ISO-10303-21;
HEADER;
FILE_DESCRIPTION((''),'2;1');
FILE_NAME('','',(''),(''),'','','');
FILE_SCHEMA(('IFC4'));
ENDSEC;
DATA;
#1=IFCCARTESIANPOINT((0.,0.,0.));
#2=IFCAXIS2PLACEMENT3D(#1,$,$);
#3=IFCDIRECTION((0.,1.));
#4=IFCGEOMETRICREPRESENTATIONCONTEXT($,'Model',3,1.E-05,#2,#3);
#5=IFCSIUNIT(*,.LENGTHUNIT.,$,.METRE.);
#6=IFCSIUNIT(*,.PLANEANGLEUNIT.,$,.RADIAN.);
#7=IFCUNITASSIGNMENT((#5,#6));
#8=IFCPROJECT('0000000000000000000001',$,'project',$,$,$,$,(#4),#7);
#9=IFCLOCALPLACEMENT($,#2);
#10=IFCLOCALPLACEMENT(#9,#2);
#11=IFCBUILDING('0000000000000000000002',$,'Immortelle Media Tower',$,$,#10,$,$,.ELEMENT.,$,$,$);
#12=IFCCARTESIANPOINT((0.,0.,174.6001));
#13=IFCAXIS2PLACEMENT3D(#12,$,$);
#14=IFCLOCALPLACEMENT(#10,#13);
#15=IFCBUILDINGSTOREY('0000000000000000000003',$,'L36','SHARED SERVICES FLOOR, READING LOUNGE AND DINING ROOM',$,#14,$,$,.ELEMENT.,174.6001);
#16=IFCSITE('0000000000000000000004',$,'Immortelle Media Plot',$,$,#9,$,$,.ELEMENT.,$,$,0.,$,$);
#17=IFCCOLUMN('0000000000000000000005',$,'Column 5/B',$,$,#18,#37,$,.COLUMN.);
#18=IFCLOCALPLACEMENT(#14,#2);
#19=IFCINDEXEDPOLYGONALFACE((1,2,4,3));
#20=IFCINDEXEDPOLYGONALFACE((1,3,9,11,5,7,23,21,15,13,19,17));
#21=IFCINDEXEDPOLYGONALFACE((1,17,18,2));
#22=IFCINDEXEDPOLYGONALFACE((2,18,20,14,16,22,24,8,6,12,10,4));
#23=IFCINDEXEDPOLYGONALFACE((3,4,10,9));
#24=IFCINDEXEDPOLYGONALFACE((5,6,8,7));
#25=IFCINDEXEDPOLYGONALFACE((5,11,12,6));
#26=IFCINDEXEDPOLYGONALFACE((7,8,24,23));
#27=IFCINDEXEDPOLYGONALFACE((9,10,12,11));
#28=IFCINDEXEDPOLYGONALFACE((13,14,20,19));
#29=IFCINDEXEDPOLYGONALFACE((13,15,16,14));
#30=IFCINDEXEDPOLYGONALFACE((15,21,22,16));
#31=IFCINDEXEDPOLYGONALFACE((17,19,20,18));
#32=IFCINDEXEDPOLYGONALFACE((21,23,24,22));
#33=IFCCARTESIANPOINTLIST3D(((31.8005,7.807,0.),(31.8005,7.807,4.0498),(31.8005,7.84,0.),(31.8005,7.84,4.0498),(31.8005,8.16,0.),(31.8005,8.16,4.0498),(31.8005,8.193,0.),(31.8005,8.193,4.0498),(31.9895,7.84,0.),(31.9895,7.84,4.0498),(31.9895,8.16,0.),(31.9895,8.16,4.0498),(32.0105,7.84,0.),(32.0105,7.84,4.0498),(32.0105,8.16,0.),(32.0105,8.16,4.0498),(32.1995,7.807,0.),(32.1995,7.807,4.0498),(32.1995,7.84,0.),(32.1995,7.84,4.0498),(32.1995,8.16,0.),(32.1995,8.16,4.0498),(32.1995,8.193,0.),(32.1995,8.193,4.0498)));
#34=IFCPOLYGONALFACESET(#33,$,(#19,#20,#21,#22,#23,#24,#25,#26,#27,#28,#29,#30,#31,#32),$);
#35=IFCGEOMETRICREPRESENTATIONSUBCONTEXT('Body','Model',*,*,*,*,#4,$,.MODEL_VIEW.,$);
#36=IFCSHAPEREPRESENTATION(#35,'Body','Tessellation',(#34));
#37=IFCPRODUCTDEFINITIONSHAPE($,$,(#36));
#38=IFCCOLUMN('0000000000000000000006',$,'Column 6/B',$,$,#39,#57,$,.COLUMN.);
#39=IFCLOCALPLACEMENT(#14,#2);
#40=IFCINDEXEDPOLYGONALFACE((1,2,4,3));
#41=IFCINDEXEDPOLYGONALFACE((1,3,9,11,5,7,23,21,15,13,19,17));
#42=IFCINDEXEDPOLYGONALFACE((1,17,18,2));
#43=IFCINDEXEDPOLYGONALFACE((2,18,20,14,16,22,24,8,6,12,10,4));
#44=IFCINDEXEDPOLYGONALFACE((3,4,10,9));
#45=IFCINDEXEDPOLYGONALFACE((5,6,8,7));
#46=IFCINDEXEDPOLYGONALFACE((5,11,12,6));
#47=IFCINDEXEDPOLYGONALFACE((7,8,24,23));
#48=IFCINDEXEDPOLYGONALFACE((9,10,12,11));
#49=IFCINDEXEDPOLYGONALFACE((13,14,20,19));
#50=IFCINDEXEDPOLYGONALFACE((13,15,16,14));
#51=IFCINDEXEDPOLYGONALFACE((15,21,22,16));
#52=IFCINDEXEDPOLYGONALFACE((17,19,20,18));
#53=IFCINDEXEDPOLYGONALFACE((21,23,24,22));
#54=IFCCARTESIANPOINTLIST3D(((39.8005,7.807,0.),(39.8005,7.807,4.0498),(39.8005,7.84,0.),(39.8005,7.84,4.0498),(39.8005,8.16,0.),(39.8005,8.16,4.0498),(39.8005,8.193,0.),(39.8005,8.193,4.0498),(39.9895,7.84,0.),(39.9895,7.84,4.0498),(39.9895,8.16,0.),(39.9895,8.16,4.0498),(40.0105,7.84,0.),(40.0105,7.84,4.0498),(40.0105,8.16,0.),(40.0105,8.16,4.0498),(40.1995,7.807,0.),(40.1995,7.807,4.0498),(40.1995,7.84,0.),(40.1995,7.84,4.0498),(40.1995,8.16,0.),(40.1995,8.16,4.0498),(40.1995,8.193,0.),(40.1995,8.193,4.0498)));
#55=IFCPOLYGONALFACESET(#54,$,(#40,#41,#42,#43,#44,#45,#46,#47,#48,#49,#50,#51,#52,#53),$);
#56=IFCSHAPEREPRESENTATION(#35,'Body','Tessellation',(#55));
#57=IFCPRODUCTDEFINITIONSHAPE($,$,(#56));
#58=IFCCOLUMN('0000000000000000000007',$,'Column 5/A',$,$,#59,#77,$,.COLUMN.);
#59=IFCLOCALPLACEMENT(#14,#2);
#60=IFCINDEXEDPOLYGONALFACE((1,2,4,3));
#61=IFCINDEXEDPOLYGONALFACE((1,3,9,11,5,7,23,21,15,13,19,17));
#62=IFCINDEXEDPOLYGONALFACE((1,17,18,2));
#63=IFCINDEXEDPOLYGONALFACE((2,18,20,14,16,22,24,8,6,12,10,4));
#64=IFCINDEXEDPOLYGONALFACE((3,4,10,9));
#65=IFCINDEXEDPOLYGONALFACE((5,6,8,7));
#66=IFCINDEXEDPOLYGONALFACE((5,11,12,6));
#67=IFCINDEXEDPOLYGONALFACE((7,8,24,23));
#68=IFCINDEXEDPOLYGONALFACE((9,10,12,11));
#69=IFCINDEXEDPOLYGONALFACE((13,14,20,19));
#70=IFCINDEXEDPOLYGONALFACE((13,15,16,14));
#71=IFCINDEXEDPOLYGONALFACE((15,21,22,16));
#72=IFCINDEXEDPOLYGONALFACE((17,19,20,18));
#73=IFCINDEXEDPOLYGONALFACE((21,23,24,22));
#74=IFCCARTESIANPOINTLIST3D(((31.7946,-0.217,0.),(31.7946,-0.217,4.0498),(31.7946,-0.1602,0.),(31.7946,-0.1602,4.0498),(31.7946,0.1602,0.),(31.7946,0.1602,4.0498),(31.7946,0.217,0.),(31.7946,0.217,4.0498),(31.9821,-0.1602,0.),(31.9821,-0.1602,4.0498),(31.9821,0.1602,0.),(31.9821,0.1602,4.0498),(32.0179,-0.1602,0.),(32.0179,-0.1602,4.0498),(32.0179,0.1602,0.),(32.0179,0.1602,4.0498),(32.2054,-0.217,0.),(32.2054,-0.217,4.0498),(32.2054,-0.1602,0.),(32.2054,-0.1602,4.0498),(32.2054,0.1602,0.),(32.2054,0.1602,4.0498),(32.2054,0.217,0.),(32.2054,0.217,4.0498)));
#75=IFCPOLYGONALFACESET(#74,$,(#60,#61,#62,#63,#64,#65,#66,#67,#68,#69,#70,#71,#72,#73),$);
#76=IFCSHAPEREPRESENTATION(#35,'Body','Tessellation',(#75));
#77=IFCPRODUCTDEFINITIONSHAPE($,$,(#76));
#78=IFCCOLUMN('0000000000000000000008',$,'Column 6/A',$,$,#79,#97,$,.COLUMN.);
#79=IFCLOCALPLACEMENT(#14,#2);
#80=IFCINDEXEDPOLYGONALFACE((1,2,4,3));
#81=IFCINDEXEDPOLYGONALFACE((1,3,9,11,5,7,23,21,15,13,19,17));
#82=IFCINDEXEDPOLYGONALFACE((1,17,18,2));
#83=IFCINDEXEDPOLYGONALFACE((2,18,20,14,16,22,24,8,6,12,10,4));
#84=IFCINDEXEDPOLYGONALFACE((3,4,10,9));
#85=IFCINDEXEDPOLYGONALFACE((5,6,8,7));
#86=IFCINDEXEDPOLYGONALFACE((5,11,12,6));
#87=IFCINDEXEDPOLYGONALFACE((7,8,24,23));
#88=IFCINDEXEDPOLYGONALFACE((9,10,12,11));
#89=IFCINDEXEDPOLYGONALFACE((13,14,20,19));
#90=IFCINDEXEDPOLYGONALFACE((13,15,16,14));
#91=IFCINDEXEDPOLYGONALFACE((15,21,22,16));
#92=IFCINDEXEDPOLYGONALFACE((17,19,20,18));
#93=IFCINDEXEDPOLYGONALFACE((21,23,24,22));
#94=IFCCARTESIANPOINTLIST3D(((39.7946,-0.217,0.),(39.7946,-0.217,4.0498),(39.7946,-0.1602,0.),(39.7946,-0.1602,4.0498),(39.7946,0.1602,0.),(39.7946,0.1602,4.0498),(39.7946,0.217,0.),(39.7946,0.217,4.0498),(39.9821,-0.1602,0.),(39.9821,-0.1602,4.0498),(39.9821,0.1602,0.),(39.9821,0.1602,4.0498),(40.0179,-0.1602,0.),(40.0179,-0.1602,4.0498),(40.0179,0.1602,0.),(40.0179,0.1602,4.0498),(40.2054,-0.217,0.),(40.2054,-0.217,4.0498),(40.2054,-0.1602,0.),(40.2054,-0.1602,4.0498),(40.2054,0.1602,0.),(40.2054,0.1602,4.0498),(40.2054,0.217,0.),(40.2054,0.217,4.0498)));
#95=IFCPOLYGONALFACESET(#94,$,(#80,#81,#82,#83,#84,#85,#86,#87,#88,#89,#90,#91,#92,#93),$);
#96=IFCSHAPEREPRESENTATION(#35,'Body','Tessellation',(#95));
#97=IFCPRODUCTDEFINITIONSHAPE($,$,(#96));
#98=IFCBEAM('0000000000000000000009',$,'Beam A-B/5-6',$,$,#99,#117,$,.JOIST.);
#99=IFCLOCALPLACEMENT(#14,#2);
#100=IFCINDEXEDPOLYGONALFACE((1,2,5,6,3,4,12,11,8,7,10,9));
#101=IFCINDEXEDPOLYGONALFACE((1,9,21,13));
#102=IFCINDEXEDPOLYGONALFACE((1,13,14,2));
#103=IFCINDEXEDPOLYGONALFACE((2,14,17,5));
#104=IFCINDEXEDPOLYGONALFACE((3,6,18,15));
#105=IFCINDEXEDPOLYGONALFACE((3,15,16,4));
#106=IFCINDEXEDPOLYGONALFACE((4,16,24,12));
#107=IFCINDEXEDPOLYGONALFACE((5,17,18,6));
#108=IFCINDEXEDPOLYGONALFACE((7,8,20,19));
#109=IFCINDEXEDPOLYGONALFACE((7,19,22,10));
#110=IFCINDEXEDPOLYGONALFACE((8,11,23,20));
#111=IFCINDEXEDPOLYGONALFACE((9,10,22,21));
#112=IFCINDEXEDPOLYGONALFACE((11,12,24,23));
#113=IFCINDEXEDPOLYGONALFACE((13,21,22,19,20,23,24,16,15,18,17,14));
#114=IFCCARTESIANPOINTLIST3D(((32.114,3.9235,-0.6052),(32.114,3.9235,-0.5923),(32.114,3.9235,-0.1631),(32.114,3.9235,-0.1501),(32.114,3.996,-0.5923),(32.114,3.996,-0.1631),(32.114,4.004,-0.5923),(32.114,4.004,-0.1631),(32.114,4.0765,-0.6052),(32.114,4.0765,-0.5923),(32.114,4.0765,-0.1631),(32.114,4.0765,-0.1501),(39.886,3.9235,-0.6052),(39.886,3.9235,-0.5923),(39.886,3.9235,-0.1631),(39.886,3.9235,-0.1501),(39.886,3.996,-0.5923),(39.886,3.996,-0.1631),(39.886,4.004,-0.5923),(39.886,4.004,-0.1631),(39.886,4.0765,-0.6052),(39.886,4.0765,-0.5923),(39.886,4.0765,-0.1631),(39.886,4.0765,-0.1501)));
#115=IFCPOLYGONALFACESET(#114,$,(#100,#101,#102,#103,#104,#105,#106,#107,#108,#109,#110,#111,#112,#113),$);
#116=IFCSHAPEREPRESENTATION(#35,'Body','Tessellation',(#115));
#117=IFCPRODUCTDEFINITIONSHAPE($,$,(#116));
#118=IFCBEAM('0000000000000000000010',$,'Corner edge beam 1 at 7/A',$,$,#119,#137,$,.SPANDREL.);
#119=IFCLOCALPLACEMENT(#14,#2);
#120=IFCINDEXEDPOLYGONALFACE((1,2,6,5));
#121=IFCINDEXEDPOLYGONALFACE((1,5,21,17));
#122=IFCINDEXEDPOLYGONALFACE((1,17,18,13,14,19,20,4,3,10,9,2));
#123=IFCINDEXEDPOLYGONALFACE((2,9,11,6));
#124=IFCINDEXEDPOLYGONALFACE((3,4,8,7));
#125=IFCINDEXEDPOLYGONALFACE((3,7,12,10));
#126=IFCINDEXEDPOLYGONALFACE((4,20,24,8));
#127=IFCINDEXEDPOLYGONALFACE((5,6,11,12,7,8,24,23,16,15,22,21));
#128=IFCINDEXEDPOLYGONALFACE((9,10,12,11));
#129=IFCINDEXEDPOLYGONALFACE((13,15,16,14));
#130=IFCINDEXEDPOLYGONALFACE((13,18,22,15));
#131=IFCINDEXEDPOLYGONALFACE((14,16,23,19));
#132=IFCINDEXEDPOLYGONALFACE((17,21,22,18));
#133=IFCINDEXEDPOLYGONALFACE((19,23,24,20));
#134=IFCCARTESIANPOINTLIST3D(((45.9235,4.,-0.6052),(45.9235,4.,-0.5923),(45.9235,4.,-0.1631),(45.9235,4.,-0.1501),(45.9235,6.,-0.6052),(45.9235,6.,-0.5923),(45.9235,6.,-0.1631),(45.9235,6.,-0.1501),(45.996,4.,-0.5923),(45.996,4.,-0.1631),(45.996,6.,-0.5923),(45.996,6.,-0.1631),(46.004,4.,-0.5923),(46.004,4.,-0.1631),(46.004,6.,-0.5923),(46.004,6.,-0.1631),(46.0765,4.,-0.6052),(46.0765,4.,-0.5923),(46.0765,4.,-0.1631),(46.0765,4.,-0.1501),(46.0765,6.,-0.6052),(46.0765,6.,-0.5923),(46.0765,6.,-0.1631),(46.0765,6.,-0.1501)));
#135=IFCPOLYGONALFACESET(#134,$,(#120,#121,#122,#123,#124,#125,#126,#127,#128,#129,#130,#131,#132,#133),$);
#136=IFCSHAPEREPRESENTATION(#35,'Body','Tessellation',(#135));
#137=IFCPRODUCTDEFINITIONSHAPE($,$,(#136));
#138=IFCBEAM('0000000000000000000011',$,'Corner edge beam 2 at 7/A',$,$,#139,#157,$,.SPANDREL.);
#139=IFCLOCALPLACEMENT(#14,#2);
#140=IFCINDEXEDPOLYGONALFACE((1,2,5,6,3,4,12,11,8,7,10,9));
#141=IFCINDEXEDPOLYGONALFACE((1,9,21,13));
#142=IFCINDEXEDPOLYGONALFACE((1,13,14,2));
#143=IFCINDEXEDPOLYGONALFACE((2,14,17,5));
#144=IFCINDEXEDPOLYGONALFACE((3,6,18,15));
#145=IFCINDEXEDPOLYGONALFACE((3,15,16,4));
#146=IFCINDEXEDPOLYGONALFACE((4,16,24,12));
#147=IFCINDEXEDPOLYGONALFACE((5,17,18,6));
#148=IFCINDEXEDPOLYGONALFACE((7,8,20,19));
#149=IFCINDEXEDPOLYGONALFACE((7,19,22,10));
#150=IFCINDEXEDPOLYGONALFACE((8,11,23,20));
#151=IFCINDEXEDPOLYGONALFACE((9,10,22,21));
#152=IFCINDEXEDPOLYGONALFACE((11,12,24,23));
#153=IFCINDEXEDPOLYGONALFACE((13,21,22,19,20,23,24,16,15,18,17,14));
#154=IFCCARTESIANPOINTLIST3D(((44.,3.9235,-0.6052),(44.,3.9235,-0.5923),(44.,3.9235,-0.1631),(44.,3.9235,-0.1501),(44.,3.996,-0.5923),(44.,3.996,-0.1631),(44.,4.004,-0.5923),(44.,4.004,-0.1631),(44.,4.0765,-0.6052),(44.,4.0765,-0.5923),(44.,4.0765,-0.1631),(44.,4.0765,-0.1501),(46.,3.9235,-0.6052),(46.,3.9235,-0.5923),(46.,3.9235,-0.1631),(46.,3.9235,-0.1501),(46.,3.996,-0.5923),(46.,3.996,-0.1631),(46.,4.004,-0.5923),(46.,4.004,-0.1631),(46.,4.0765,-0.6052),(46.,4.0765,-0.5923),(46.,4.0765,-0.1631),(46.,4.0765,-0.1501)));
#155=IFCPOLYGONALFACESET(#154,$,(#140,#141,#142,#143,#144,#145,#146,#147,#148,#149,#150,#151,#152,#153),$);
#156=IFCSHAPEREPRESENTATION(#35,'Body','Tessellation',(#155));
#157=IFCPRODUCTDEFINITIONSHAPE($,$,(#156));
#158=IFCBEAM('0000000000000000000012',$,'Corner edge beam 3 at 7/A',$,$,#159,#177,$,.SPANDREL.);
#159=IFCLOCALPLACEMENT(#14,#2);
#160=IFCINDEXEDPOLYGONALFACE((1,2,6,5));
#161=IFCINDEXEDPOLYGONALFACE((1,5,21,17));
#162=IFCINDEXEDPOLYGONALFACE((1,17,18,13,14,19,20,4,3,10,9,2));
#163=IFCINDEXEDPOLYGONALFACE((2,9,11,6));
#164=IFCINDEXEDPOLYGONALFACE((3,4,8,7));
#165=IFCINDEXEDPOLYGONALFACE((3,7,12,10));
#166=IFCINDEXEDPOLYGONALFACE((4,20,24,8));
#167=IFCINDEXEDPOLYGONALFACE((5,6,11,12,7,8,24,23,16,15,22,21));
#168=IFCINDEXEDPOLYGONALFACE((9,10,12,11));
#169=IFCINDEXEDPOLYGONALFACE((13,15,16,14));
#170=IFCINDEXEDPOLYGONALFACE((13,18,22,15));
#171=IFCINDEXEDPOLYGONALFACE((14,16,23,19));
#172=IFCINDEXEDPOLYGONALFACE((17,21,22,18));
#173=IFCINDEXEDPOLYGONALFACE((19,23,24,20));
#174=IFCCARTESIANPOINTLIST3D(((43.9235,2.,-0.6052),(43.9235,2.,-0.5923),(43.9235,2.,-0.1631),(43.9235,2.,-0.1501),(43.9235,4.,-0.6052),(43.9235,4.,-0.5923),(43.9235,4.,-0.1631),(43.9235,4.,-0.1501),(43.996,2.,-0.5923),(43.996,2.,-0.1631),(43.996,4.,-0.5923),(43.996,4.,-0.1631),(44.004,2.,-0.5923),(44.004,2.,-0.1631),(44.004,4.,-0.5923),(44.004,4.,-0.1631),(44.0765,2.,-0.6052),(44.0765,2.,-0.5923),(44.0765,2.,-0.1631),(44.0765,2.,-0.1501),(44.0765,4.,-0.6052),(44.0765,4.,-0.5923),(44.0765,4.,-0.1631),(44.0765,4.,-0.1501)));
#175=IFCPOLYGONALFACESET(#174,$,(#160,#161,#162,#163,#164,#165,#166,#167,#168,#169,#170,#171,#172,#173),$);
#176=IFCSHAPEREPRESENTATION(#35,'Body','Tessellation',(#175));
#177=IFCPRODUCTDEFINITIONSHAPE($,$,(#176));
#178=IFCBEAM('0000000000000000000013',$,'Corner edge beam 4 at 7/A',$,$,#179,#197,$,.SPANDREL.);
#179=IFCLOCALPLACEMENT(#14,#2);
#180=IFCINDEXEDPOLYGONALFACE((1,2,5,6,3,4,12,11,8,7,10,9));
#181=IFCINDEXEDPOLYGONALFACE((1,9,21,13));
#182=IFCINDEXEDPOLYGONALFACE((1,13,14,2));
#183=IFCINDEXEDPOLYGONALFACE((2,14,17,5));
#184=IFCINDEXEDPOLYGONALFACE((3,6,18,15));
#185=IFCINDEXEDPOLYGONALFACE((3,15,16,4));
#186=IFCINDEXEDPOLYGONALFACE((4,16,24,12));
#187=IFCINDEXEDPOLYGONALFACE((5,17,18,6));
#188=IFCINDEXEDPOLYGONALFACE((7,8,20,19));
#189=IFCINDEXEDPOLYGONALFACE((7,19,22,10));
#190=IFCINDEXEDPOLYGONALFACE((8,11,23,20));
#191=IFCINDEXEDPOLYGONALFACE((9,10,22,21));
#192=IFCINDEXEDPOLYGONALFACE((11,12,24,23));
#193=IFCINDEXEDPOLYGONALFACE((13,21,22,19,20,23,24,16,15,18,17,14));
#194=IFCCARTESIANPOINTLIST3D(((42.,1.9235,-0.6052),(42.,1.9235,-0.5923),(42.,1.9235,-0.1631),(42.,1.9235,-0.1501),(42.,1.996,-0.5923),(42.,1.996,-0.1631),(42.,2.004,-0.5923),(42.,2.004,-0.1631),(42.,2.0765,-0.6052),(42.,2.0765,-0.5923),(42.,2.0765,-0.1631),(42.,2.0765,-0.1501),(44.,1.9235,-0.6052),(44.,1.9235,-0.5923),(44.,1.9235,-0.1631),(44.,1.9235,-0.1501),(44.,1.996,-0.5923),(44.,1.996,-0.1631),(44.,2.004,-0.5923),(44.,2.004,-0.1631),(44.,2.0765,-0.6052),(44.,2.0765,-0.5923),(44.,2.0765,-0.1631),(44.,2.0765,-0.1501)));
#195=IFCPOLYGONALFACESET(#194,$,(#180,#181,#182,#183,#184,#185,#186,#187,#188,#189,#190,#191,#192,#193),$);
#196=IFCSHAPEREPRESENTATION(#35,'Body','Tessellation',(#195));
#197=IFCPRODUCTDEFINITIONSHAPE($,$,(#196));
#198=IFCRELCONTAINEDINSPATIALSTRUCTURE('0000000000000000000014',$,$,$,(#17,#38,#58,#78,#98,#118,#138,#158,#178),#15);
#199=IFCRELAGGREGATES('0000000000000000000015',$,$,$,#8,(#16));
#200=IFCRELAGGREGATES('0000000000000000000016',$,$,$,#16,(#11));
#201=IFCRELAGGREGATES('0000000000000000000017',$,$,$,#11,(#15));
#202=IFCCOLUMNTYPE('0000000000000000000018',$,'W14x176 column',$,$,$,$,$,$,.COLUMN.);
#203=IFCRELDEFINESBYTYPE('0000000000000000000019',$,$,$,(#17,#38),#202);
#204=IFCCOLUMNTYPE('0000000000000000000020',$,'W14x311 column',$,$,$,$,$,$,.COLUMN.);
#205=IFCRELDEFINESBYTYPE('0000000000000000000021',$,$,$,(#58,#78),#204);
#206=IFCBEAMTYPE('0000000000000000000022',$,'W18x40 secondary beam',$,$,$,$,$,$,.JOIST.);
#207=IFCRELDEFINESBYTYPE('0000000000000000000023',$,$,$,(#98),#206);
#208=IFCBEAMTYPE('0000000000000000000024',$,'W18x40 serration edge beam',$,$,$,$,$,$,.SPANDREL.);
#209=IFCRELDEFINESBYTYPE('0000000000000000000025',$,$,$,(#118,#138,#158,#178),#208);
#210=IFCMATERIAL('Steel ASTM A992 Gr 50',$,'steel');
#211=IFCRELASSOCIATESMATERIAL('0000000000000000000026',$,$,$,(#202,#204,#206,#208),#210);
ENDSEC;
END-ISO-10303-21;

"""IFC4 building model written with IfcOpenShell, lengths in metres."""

from ifc_helpers import new_model, si_unit, direction, frame, origin, origin_2d, place, context, subcontext, project, spatial, i_section, extrude, material, material_profile, profile_set, type_object, element, save


model = new_model("IFC4")

# Units and contexts
model_context = context("Model", 3, precision=1e-05, world=origin(), true_north=direction((0.0, 1.0)))
body_context = subcontext(model_context, "Body", "Model", "MODEL_VIEW")
ifc_project = project(units=[si_unit("LENGTHUNIT", "METRE"), si_unit("PLANEANGLEUNIT", "RADIAN")], contexts=[model_context])

# Site, building, storey
site_placement = place(None, origin())
site = spatial("IfcSite", under=ifc_project, at=site_placement, Name="Immortelle Media Plot", CompositionType="ELEMENT", RefElevation=0.0)
building_placement = place(site_placement, origin())
building = spatial("IfcBuilding", under=site, at=building_placement, Name="Immortelle Media Tower", CompositionType="ELEMENT")
storey_placement = place(building_placement, frame((0.0, 0.0, 174.6001)))
storey = spatial("IfcBuildingStorey", under=building, at=storey_placement, Name="L36", Description="SHARED SERVICES FLOOR, READING LOUNGE AND DINING ROOM", CompositionType="ELEMENT", Elevation=174.6001)

# Columns
ifc_material_1 = material(Name="Steel ASTM A992 Gr 50", Category="steel")
ifc_material_profile_1 = material_profile(ifc_material_1, i_section(OverallWidth=0.3989, OverallDepth=0.386, WebThickness=0.021, FlangeThickness=0.033, at=origin_2d()), Name="W14x176")
ifc_profile_set_1 = profile_set([ifc_material_profile_1], Name="Steel ASTM A992 Gr 50")
column_type_1 = type_object("IfcColumnType", Name="W14x176 column", PredefinedType="COLUMN", material=ifc_profile_set_1)
for number, where, z_axis, x_axis, name in (
    (1, (32.0, 8.0, 0.0), (0.0, 0.0, 1.0), (1.0, 0.0, 0.0), "Column 5/B"),
    (2, (40.0, 8.0, 0.0), (0.0, 0.0, 1.0), (1.0, 0.0, 0.0), "Column 6/B"),
):
    element("IfcColumn", number, at=place(storey_placement, frame(where, z_axis=z_axis, x_axis=x_axis)), inside=storey, type_object=column_type_1, Name=name, PredefinedType="COLUMN", context=body_context, shape_type="SweptSolid", body=[
        extrude(i_section(OverallWidth=0.3989, OverallDepth=0.386, WebThickness=0.021, FlangeThickness=0.033, at=origin_2d()), origin(), (0.0, 0.0, 1.0), 4.0498),
    ])
ifc_material_profile_2 = material_profile(ifc_material_1, i_section(OverallWidth=0.4109, OverallDepth=0.4341, WebThickness=0.0359, FlangeThickness=0.0569, at=origin_2d()), Name="W14x311")
ifc_profile_set_2 = profile_set([ifc_material_profile_2], Name="Steel ASTM A992 Gr 50")
column_type_2 = type_object("IfcColumnType", Name="W14x311 column", PredefinedType="COLUMN", material=ifc_profile_set_2)
for number, where, z_axis, x_axis, name in (
    (3, (32.0, 0.0, 0.0), (0.0, 0.0, 1.0), (1.0, 0.0, 0.0), "Column 5/A"),
    (4, (40.0, 0.0, 0.0), (0.0, 0.0, 1.0), (1.0, 0.0, 0.0), "Column 6/A"),
):
    element("IfcColumn", number, at=place(storey_placement, frame(where, z_axis=z_axis, x_axis=x_axis)), inside=storey, type_object=column_type_2, Name=name, PredefinedType="COLUMN", context=body_context, shape_type="SweptSolid", body=[
        extrude(i_section(OverallWidth=0.4109, OverallDepth=0.4341, WebThickness=0.0359, FlangeThickness=0.0569, at=origin_2d()), origin(), (0.0, 0.0, 1.0), 4.0498),
    ])

# Beams
ifc_material_profile_3 = material_profile(ifc_material_1, i_section(OverallWidth=0.1531, OverallDepth=0.4551, WebThickness=0.0081, FlangeThickness=0.0129, at=origin_2d()), Name="W18x40")
ifc_profile_set_3 = profile_set([ifc_material_profile_3], Name="Steel ASTM A992 Gr 50")
beam_type_1 = type_object("IfcBeamType", Name="W18x40 secondary beam", PredefinedType="JOIST", material=ifc_profile_set_3)
beam_1_placement = place(storey_placement, frame((32.114, 4.0, -0.3777), z_axis=(1.0, 0.0, 0.0), x_axis=(0.0, 1.0, 0.0)))
element("IfcBeam", 5, at=beam_1_placement, inside=storey, type_object=beam_type_1, Name="Beam A-B/5-6", PredefinedType="JOIST", context=body_context, shape_type="SweptSolid", body=[
    extrude(i_section(OverallWidth=0.1531, OverallDepth=0.4551, WebThickness=0.0081, FlangeThickness=0.0129, at=origin_2d()), origin(), (0.0, 0.0, 1.0), 7.772),
])
ifc_material_profile_4 = material_profile(ifc_material_1, i_section(OverallWidth=0.1531, OverallDepth=0.4551, WebThickness=0.0081, FlangeThickness=0.0129, at=origin_2d()), Name="W18x40")
ifc_profile_set_4 = profile_set([ifc_material_profile_4], Name="Steel ASTM A992 Gr 50")
beam_type_2 = type_object("IfcBeamType", Name="W18x40 serration edge beam", PredefinedType="SPANDREL", material=ifc_profile_set_4)
for number, where, z_axis, x_axis, name in (
    (6, (46.0, 6.0, -0.3777), (0.0, -1.0, 0.0), (1.0, 0.0, 0.0), "Corner edge beam 1 at 7/A"),
    (7, (46.0, 4.0, -0.3777), (-1.0, 0.0, 0.0), (0.0, -1.0, 0.0), "Corner edge beam 2 at 7/A"),
    (8, (44.0, 4.0, -0.3777), (0.0, -1.0, 0.0), (1.0, 0.0, 0.0), "Corner edge beam 3 at 7/A"),
    (9, (44.0, 2.0, -0.3777), (-1.0, 0.0, 0.0), (0.0, -1.0, 0.0), "Corner edge beam 4 at 7/A"),
):
    element("IfcBeam", number, at=place(storey_placement, frame(where, z_axis=z_axis, x_axis=x_axis)), inside=storey, type_object=beam_type_2, Name=name, PredefinedType="SPANDREL", context=body_context, shape_type="SweptSolid", body=[
        extrude(i_section(OverallWidth=0.1531, OverallDepth=0.4551, WebThickness=0.0081, FlangeThickness=0.0129, at=origin_2d()), origin(), (0.0, 0.0, 1.0), 2.0),
    ])

save(model, "model.ifc")
